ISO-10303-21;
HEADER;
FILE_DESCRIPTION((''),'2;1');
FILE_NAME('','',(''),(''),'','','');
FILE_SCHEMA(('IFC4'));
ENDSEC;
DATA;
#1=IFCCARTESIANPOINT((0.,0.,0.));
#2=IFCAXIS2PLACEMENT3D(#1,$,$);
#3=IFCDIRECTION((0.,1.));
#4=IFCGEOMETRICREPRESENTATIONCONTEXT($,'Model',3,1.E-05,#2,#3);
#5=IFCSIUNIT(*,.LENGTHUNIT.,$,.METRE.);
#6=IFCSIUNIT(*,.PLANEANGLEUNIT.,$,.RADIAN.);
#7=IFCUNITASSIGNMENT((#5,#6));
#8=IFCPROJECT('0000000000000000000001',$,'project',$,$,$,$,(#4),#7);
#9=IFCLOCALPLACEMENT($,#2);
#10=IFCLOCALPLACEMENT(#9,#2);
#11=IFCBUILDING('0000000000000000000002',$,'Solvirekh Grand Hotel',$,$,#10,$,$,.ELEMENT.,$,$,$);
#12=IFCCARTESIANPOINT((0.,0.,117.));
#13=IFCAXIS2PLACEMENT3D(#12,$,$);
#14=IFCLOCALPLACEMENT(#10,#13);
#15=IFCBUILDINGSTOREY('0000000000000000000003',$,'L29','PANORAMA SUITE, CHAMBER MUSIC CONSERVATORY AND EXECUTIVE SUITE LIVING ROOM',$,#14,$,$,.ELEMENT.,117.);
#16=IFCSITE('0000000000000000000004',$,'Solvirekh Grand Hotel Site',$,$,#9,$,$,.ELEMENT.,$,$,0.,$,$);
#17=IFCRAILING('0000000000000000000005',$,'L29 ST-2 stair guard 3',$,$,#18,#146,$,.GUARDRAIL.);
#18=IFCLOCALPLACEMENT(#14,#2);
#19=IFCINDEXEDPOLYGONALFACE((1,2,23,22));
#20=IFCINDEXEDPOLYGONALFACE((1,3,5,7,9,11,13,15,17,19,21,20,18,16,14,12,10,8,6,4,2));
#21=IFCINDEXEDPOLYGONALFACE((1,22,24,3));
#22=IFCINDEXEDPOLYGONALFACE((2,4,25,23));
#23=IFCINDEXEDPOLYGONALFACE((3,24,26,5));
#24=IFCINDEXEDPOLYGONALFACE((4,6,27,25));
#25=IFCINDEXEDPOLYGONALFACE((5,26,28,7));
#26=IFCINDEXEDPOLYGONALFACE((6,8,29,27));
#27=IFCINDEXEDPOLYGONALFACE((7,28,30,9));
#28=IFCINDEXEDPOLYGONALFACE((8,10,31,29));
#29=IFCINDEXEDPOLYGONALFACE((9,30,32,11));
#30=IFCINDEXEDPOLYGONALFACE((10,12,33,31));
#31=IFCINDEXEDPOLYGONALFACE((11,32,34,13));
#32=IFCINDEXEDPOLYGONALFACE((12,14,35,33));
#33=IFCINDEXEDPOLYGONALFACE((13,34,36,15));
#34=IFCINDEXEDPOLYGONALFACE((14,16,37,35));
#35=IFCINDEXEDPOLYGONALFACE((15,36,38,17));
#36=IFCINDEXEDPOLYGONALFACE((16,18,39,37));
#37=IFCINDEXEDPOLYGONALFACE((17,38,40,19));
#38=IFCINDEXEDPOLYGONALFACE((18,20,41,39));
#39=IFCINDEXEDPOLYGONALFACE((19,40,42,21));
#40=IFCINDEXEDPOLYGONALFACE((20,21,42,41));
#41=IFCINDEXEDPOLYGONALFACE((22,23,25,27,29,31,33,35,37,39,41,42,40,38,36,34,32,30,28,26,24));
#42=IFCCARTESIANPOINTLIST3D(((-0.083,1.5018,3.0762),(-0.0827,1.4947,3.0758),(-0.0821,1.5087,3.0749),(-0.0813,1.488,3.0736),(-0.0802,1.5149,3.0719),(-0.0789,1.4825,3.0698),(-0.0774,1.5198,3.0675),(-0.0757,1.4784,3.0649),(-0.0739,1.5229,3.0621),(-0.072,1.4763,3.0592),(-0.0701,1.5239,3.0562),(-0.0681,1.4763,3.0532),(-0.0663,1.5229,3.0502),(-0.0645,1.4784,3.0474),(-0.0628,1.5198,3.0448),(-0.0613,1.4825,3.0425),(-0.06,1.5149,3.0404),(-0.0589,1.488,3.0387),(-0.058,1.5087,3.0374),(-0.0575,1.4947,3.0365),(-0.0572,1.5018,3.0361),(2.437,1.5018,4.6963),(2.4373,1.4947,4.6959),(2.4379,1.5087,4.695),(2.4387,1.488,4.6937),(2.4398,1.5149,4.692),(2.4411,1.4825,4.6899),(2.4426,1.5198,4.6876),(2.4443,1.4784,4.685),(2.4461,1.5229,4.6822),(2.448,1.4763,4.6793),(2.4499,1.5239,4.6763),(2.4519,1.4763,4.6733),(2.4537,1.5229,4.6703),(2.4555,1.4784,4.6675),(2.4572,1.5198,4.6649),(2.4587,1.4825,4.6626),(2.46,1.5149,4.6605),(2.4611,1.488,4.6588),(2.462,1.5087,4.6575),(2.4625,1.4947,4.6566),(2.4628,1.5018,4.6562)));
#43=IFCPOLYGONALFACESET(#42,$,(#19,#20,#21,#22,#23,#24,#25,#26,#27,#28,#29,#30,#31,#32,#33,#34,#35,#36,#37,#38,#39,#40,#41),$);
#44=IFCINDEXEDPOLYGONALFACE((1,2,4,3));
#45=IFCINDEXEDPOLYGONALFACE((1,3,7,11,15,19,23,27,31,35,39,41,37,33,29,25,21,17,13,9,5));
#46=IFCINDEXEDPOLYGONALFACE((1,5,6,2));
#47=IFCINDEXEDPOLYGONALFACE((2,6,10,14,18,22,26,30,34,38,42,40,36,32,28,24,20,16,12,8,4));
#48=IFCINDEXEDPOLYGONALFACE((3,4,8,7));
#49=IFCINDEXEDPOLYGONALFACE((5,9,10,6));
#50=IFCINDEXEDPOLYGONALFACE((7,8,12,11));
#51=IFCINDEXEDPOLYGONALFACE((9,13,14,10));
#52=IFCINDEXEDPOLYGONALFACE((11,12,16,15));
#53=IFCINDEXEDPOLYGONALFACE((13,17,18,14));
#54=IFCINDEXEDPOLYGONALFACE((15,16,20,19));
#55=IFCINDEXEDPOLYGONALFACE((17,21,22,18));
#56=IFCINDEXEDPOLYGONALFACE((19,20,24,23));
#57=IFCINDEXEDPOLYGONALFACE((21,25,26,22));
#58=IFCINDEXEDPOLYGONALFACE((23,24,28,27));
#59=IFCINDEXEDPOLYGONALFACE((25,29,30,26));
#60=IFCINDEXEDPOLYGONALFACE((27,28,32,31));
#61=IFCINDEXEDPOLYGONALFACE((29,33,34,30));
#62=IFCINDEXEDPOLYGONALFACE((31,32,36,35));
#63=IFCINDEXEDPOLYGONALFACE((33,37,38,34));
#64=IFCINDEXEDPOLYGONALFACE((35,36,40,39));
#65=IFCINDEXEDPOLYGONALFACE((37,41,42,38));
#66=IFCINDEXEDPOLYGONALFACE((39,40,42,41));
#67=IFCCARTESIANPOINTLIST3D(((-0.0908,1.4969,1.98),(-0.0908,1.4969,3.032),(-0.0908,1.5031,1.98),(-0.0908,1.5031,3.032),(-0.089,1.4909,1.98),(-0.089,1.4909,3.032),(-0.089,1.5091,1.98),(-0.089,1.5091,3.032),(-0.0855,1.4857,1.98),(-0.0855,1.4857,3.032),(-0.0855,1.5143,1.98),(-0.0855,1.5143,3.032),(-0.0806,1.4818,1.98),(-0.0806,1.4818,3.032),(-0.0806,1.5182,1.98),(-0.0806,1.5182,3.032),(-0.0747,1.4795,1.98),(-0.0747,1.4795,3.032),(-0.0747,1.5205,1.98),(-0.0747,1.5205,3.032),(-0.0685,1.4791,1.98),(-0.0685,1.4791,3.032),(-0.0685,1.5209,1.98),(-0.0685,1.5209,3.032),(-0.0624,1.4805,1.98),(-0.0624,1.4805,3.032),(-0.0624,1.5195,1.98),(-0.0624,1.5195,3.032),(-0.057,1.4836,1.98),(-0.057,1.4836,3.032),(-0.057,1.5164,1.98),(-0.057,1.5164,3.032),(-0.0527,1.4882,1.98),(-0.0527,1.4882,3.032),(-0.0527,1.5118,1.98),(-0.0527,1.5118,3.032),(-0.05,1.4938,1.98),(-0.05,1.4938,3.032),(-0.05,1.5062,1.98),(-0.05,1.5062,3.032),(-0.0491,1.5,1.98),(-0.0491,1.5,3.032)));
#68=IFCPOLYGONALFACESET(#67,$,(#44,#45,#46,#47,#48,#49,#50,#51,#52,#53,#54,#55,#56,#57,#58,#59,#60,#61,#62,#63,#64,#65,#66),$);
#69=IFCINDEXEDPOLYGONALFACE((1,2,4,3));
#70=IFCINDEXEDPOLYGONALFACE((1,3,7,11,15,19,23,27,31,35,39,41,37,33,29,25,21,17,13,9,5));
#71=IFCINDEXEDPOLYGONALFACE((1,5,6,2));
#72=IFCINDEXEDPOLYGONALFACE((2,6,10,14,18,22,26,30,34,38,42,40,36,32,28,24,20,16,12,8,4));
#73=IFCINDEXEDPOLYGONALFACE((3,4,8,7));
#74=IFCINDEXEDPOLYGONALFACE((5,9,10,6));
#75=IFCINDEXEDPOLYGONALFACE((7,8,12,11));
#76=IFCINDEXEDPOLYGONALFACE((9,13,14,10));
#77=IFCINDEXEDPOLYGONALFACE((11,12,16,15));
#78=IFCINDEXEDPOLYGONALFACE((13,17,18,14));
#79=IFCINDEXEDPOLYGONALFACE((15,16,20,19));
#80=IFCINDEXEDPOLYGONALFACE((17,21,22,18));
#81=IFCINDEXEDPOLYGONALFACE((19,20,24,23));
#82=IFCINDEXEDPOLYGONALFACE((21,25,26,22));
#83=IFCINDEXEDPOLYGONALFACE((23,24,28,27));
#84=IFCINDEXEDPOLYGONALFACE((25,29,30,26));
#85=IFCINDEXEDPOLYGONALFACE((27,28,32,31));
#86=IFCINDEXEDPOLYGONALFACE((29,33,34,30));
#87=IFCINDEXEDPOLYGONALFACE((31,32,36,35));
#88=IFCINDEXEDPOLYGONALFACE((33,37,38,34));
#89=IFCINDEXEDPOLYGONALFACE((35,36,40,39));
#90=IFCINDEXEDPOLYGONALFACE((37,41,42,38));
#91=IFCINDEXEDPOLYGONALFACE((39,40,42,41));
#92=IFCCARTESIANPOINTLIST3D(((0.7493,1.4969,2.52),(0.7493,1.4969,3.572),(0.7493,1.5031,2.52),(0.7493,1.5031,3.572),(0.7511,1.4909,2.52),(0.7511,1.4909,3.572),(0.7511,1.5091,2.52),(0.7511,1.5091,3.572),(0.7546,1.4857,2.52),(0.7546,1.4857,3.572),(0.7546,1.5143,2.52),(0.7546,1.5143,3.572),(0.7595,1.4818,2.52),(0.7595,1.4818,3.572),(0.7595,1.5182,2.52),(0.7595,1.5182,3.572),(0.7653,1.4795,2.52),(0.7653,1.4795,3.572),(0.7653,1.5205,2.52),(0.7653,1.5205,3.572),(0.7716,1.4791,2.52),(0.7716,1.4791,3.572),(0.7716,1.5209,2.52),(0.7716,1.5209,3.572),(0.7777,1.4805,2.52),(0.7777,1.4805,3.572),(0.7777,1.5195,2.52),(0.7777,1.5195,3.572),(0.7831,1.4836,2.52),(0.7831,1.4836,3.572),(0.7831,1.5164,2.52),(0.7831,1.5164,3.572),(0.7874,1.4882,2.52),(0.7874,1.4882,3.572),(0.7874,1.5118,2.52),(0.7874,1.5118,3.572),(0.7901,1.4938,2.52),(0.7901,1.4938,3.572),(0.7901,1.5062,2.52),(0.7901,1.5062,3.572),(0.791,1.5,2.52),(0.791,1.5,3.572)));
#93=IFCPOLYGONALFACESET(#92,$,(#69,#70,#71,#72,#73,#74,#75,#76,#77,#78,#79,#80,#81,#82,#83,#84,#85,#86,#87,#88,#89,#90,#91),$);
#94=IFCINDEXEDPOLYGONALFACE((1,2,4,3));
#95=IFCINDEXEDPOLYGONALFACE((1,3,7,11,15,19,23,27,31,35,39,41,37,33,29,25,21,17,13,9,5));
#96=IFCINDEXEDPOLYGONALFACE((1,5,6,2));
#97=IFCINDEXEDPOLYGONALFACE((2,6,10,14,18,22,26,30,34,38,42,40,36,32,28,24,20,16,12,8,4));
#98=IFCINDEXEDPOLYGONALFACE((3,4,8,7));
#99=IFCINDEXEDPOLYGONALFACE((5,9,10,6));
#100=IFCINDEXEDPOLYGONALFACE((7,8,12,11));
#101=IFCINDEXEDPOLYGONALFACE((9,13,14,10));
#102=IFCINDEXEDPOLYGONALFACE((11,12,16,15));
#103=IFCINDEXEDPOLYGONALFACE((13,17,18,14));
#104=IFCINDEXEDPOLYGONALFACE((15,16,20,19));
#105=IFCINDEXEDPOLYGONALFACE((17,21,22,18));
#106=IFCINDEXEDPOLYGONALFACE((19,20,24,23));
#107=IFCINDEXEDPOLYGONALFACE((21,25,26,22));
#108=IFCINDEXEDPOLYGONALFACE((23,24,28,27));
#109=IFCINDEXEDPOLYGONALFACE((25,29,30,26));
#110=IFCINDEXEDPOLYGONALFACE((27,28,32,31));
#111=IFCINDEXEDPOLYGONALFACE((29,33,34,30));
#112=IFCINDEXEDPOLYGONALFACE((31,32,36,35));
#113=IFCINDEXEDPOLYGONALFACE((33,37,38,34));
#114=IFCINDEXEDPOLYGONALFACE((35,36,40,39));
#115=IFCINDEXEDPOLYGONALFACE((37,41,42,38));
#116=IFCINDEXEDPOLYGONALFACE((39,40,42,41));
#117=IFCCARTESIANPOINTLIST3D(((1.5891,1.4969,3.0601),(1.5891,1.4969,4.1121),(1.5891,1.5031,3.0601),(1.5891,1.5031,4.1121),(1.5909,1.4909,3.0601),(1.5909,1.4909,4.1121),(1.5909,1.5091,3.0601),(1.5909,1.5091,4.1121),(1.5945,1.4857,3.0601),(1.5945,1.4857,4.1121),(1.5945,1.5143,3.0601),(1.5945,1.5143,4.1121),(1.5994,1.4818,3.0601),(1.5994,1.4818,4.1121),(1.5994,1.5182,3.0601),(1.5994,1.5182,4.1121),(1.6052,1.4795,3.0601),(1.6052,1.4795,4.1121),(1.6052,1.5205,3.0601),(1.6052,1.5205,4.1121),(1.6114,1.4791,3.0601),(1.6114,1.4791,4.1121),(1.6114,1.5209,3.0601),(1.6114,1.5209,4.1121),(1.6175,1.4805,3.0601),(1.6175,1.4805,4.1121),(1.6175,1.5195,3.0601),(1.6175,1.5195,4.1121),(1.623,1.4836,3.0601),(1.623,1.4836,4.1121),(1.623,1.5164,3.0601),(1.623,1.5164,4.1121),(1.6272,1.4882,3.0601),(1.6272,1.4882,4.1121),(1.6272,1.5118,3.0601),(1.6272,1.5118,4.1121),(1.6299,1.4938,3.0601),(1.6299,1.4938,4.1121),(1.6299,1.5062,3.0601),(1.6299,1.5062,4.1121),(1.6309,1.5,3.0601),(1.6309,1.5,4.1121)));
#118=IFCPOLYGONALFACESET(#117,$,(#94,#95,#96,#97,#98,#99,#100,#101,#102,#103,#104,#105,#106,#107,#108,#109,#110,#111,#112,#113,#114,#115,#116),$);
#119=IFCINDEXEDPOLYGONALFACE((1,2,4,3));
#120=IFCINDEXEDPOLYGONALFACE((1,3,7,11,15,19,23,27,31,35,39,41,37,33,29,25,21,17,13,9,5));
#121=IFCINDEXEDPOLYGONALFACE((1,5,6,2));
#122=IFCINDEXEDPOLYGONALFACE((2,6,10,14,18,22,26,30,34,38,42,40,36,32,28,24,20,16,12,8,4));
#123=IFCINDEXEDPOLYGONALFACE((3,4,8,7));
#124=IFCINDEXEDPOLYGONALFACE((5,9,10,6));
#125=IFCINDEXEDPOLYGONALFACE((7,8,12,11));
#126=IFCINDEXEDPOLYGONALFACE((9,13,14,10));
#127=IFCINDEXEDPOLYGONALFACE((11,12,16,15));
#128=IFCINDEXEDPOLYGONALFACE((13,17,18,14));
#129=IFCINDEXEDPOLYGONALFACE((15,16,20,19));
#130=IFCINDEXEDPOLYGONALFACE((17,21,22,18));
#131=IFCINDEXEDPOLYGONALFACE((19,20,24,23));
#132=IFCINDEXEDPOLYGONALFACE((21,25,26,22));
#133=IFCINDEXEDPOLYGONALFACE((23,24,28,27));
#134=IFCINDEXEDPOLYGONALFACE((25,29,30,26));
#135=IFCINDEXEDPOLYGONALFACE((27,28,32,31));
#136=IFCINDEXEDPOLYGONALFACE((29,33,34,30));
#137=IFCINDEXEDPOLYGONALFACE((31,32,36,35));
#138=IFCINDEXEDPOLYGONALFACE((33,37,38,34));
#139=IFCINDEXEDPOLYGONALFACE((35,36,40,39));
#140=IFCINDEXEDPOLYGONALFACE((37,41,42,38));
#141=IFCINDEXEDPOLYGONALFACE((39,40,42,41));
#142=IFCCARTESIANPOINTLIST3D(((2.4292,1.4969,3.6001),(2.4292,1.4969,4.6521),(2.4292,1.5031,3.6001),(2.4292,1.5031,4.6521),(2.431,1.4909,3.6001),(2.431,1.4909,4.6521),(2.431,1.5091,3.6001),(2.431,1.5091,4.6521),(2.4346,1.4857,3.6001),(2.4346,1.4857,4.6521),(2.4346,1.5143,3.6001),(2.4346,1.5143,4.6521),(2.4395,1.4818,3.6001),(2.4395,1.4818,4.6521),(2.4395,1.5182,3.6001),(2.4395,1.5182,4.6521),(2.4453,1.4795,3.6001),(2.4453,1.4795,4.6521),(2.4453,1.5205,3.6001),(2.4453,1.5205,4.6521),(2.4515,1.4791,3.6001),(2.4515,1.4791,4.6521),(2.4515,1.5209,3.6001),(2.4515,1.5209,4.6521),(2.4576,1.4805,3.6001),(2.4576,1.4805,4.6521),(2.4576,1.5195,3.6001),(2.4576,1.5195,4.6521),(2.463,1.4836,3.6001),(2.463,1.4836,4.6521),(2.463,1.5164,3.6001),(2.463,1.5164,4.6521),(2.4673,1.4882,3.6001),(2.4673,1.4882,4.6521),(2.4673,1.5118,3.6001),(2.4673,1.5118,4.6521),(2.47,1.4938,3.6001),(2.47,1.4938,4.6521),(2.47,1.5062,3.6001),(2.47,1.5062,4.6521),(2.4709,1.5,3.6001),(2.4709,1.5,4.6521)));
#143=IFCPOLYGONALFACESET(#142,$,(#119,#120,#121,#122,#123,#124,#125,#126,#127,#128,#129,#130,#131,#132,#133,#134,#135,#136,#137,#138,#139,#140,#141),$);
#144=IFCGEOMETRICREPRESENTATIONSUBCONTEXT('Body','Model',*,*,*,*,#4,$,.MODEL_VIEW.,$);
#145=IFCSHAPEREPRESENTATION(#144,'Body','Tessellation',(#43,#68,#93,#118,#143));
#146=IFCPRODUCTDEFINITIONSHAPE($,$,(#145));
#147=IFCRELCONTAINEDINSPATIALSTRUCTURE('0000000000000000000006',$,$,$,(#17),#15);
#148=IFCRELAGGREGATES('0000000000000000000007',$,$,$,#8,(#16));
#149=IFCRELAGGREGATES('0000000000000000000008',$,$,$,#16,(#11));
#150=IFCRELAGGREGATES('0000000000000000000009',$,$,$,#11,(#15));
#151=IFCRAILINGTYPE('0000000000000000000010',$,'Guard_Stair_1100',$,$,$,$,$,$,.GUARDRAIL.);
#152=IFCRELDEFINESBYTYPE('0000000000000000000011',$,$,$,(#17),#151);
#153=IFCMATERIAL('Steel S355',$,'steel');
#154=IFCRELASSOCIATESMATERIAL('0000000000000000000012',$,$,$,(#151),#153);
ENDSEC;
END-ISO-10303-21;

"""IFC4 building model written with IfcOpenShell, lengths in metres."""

from ifc_helpers import new_model, si_unit, direction, frame, origin, origin_2d, place, context, subcontext, project, spatial, circle, extrude, material, type_object, element, save


model = new_model("IFC4")

# Units and contexts
model_context = context("Model", 3, precision=1e-05, world=origin(), true_north=direction((0.0, 1.0)))
body_context = subcontext(model_context, "Body", "Model", "MODEL_VIEW")
ifc_project = project(units=[si_unit("LENGTHUNIT", "METRE"), si_unit("PLANEANGLEUNIT", "RADIAN")], contexts=[model_context])

# Site, building, storey
site_placement = place(None, origin())
site = spatial("IfcSite", under=ifc_project, at=site_placement, Name="Solvirekh Grand Hotel Site", CompositionType="ELEMENT", RefElevation=0.0)
building_placement = place(site_placement, origin())
building = spatial("IfcBuilding", under=site, at=building_placement, Name="Solvirekh Grand Hotel", CompositionType="ELEMENT")
storey_placement = place(building_placement, frame((0.0, 0.0, 117.0)))
storey = spatial("IfcBuildingStorey", under=building, at=storey_placement, Name="L29", Description="PANORAMA SUITE, CHAMBER MUSIC CONSERVATORY AND EXECUTIVE SUITE LIVING ROOM", CompositionType="ELEMENT", Elevation=117.0)

# Shared definitions
ifc_material_1 = material(Name="Steel S355", Category="steel")

# Railing
railing_type = type_object("IfcRailingType", Name="Guard_Stair_1100", PredefinedType="GUARDRAIL", material=ifc_material_1)
railing_1_placement = place(storey_placement, frame((-0.0701, 1.5, 1.98)))
element("IfcRailing", 1, at=railing_1_placement, inside=storey, type_object=railing_type, Name="L29 ST-2 stair guard 3", PredefinedType="GUARDRAIL", context=body_context, shape_type="SweptSolid", body=[
    extrude(circle(Radius=0.0239, at=origin_2d()), frame((0.0, 0.0, 1.0762), z_axis=(0.841163, 0.0, 0.540782), x_axis=(0.0, 1.0, 0.0)), (0.0, 0.0, 1.0), 2.9958),
    extrude(circle(Radius=0.021, at=origin_2d()), origin(), (0.0, 0.0, 1.0), 1.052),
    extrude(circle(Radius=0.021, at=origin_2d()), frame((0.8401, 0.0, 0.54)), (0.0, 0.0, 1.0), 1.052),
    extrude(circle(Radius=0.021, at=origin_2d()), frame((1.6799, 0.0, 1.0801)), (0.0, 0.0, 1.0), 1.052),
    extrude(circle(Radius=0.021, at=origin_2d()), frame((2.52, 0.0, 1.6201)), (0.0, 0.0, 1.0), 1.052),
])

save(model, "model.ifc")
